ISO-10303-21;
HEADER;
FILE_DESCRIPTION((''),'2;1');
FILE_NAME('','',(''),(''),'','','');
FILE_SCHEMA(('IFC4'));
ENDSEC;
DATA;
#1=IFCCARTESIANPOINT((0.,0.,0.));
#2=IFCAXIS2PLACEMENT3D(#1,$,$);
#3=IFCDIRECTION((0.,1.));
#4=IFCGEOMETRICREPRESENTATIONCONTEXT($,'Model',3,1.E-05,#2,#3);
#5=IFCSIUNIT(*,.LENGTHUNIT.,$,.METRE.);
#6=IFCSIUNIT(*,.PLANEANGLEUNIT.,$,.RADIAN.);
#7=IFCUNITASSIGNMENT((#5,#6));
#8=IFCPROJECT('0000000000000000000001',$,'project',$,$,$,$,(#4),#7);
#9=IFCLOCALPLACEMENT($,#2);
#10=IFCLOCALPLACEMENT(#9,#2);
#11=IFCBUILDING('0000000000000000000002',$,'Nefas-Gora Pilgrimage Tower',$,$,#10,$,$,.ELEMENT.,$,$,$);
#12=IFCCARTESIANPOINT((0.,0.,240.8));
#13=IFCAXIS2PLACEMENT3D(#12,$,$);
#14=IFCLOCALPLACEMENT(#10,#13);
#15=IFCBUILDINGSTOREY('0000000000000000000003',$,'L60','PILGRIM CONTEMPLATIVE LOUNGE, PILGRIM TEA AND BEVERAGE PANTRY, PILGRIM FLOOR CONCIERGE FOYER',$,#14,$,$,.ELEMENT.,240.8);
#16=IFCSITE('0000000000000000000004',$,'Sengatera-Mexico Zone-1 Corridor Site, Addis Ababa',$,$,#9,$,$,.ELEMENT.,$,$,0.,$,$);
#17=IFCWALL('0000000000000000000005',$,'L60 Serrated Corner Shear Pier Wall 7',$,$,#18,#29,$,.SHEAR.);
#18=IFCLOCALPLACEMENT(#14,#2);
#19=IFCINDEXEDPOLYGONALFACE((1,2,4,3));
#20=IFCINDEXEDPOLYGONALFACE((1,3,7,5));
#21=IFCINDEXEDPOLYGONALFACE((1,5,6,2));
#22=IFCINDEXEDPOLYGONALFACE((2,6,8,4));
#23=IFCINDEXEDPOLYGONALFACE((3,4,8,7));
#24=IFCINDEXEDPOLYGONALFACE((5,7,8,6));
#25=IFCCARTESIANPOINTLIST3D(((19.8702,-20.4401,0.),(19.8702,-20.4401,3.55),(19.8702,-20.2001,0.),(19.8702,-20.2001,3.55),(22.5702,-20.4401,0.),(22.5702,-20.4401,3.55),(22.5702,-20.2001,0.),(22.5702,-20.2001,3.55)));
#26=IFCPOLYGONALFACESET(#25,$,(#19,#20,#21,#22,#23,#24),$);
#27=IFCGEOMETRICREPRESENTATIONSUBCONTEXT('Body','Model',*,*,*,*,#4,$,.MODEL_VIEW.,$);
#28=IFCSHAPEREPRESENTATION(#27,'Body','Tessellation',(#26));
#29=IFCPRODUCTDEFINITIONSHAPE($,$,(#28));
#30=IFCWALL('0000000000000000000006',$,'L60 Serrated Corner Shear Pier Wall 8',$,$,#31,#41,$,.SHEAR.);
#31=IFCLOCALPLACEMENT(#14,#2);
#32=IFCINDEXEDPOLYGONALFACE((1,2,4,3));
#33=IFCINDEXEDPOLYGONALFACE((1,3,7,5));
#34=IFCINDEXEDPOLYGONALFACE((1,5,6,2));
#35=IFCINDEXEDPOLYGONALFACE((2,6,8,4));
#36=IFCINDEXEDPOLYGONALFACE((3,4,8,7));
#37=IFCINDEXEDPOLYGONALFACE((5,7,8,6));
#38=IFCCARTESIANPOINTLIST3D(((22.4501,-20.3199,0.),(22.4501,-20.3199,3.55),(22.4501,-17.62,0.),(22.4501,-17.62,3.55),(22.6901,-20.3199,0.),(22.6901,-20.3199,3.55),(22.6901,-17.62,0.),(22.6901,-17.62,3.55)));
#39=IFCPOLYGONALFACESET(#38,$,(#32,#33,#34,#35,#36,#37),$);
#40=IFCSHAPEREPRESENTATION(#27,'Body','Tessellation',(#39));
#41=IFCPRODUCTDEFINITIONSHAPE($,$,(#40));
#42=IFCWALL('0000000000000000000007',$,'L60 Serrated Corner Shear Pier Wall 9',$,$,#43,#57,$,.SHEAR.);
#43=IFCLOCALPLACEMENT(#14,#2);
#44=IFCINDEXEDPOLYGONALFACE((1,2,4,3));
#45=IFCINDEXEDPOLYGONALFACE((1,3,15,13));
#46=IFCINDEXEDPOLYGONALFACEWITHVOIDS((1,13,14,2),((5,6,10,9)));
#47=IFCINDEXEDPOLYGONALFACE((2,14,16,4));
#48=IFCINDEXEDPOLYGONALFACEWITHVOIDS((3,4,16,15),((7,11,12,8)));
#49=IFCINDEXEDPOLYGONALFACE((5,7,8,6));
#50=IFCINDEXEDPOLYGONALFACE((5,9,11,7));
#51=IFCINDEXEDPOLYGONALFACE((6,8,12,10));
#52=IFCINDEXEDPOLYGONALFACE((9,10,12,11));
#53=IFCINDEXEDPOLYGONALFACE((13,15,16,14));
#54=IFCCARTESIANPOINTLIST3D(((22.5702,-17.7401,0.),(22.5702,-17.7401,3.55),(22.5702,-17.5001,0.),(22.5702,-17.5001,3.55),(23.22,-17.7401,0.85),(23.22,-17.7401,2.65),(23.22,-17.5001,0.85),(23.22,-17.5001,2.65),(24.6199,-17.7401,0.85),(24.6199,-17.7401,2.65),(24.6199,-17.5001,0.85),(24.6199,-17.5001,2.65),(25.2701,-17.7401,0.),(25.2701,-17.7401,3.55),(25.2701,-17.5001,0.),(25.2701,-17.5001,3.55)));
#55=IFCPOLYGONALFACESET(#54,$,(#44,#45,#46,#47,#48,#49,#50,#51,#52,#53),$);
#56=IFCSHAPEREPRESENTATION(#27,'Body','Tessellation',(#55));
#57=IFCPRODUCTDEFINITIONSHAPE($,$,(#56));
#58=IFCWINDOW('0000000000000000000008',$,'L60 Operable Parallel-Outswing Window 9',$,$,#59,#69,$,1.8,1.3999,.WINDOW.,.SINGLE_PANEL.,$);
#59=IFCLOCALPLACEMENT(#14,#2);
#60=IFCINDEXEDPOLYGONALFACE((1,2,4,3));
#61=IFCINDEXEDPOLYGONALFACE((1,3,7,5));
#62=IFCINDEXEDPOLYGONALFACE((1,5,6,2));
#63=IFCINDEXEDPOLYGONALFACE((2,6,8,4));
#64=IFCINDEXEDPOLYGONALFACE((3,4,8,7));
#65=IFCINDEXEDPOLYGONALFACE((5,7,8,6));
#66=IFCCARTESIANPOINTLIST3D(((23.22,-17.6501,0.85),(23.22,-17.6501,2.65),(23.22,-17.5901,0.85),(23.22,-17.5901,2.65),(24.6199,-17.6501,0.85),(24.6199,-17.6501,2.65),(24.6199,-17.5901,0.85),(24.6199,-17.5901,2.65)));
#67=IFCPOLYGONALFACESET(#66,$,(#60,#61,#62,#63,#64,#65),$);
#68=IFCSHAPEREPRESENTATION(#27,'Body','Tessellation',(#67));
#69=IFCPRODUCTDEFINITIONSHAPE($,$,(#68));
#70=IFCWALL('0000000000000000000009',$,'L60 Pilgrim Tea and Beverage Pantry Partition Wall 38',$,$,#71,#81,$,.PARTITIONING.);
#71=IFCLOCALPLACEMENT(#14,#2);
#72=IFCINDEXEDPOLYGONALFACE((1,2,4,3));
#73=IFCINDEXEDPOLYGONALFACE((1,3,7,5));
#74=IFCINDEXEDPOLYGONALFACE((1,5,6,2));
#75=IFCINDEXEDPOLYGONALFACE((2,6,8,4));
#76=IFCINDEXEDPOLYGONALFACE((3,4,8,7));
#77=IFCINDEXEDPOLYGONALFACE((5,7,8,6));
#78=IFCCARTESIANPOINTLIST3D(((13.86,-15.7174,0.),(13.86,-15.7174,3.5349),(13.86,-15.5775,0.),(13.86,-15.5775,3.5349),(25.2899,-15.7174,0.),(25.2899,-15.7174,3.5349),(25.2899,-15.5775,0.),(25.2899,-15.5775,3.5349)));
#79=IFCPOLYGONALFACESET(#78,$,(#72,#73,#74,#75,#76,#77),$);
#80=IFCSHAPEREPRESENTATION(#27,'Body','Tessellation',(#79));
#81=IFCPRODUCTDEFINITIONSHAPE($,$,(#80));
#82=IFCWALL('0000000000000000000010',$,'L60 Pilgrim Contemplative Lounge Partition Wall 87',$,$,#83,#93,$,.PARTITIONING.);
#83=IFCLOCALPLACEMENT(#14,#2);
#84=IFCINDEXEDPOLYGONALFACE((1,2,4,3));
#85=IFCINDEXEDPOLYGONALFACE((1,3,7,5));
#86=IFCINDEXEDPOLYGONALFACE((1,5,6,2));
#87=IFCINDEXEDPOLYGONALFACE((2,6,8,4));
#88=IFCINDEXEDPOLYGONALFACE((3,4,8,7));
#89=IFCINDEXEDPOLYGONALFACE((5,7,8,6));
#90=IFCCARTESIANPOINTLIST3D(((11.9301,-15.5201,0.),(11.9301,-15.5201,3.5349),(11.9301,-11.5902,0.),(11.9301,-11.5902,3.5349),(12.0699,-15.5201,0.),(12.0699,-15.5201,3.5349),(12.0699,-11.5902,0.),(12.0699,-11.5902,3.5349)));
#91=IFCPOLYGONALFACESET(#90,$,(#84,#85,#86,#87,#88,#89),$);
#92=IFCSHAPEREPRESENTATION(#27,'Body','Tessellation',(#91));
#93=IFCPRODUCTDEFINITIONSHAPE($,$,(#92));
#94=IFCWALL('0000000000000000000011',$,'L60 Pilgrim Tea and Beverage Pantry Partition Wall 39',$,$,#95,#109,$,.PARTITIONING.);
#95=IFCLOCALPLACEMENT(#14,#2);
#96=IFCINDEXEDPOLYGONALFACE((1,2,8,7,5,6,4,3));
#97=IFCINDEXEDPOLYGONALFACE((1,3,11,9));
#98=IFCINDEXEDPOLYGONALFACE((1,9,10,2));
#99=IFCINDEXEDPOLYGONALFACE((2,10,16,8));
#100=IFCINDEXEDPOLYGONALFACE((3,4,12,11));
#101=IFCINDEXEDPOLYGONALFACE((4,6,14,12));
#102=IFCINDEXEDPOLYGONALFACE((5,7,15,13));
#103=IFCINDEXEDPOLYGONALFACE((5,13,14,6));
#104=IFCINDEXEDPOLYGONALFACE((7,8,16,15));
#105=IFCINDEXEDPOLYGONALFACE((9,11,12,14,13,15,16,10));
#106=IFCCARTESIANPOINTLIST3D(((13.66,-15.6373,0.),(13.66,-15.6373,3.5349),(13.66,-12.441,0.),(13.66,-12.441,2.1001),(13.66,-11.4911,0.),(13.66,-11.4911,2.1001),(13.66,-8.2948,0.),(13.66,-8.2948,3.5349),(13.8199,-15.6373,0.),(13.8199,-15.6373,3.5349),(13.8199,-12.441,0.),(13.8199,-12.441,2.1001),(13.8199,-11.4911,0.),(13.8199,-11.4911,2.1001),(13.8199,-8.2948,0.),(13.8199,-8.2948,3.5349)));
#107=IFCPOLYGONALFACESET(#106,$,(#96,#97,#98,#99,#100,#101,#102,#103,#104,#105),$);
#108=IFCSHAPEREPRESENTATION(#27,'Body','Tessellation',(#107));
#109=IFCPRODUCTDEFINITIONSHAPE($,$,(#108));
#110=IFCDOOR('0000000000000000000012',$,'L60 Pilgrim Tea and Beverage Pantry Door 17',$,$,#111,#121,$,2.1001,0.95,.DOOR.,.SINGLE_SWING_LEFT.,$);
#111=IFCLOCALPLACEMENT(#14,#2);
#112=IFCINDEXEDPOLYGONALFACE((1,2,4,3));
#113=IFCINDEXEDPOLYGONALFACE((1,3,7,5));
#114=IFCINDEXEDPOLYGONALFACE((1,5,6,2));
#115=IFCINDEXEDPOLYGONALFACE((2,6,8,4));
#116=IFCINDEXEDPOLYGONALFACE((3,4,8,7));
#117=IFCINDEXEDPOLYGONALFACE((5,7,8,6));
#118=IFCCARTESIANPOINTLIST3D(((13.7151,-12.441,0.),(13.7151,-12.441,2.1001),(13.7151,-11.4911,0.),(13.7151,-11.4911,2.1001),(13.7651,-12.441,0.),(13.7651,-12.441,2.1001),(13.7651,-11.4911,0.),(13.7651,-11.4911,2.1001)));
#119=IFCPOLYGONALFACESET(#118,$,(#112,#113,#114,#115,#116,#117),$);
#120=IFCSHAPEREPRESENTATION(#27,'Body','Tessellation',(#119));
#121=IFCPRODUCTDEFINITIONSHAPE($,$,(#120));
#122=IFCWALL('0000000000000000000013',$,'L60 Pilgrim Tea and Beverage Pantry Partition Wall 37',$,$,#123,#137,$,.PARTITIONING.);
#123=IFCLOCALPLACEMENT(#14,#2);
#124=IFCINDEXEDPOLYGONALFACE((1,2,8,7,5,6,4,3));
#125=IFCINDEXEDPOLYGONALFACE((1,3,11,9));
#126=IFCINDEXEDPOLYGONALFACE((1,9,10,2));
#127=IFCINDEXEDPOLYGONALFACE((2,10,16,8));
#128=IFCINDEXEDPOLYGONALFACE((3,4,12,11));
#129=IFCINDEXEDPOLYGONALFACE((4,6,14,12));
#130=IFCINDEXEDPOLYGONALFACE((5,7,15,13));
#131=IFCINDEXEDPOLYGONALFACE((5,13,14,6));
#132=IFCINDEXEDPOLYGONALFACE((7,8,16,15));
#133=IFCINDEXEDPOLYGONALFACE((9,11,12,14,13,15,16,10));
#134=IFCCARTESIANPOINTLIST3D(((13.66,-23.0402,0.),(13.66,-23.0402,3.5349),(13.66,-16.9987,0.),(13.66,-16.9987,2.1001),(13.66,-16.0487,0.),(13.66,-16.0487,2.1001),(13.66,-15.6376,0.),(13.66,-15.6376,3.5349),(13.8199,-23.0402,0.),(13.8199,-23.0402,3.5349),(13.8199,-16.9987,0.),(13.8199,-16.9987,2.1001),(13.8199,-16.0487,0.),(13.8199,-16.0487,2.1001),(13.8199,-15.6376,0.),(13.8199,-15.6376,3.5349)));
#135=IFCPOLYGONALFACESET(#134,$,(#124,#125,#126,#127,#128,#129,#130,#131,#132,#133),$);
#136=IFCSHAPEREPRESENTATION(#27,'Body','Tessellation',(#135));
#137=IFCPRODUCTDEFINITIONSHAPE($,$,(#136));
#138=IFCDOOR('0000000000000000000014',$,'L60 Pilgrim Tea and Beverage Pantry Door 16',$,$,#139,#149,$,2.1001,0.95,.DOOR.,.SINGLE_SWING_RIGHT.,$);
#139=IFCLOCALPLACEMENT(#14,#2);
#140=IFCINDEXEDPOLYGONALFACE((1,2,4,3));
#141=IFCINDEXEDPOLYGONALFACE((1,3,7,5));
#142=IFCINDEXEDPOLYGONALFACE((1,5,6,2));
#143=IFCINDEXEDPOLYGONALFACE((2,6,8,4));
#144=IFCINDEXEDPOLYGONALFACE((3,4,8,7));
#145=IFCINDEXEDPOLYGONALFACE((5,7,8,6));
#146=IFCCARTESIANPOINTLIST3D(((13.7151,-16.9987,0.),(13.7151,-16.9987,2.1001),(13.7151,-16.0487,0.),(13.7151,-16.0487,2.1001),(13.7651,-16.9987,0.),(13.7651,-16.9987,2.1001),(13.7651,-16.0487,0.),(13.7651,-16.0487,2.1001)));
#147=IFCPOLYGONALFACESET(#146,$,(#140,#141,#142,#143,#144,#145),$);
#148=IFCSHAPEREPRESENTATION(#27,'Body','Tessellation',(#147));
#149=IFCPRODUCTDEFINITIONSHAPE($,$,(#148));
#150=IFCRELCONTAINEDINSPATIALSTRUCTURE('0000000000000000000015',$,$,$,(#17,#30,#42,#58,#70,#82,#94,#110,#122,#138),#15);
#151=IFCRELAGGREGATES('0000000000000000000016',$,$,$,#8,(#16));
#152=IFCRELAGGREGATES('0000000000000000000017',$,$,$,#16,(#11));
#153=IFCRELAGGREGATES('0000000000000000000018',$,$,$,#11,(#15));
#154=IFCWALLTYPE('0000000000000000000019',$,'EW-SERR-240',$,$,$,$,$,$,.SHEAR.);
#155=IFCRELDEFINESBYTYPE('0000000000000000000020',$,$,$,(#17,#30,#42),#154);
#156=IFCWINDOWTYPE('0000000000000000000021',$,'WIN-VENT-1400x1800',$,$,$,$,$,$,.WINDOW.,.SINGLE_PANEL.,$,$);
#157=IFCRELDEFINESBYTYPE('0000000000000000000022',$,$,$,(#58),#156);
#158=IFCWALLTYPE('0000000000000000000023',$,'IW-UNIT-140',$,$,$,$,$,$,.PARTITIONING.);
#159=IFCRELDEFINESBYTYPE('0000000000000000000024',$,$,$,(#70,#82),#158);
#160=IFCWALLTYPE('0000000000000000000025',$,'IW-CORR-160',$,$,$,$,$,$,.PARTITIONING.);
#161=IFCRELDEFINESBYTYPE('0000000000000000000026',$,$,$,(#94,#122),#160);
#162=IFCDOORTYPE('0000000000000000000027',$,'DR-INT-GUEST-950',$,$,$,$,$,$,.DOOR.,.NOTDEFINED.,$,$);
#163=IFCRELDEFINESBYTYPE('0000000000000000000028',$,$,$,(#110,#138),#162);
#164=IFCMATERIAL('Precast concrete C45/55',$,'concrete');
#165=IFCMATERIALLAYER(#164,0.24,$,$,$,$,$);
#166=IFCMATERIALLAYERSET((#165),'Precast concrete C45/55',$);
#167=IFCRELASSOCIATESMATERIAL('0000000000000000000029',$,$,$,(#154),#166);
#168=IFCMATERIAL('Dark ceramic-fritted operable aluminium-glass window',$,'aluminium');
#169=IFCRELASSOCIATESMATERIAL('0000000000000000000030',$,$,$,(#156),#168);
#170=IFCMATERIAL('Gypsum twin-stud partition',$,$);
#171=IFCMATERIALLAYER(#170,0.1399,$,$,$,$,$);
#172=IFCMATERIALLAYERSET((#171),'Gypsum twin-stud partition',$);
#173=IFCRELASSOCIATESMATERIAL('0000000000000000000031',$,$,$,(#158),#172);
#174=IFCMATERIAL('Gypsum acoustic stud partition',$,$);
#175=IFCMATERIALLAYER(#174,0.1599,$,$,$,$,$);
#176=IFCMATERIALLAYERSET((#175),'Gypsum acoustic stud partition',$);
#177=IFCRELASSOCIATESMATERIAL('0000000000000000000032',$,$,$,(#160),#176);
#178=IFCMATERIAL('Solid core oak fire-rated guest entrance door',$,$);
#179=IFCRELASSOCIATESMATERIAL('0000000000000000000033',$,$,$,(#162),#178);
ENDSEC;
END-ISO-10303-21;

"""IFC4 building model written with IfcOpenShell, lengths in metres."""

from ifc_helpers import new_model, si_unit, direction, frame, frame_2d, origin, place, context, subcontext, project, spatial, rectangle, extrude, source, transform, mapped, material, layer, layer_set, type_object, element, fill, save


model = new_model("IFC4")

# Units and contexts
model_context = context("Model", 3, precision=1e-05, world=origin(), true_north=direction((0.0, 1.0)))
body_context = subcontext(model_context, "Body", "Model", "MODEL_VIEW")
ifc_project = project(units=[si_unit("LENGTHUNIT", "METRE"), si_unit("PLANEANGLEUNIT", "RADIAN")], contexts=[model_context])

# Site, building, storey
site_placement = place(None, origin())
site = spatial("IfcSite", under=ifc_project, at=site_placement, Name="Sengatera-Mexico Zone-1 Corridor Site, Addis Ababa", CompositionType="ELEMENT", RefElevation=0.0)
building_placement = place(site_placement, origin())
building = spatial("IfcBuilding", under=site, at=building_placement, Name="Nefas-Gora Pilgrimage Tower", CompositionType="ELEMENT")
storey_placement = place(building_placement, frame((0.0, 0.0, 240.8)))
storey = spatial("IfcBuildingStorey", under=building, at=storey_placement, Name="L60", Description="PILGRIM CONTEMPLATIVE LOUNGE, PILGRIM TEA AND BEVERAGE PANTRY, PILGRIM FLOOR CONCIERGE FOYER", CompositionType="ELEMENT", Elevation=240.8)

# Walls
ifc_material_1 = material(Name="Precast concrete C45/55", Category="concrete")
ifc_layer_1 = layer(ifc_material_1, 0.24)
ifc_layer_set_1 = layer_set([ifc_layer_1], Name="Precast concrete C45/55")
wall_type_1 = type_object("IfcWallType", Name="EW-SERR-240", PredefinedType="SHEAR", material=ifc_layer_set_1)
shared_shape_1 = source(origin(), body_context, "Body", "SweptSolid", [
    extrude(rectangle(XDim=2.7, YDim=0.24, at=frame_2d((1.3501, 0.0))), origin(), (0.0, 0.0, 1.0), 3.55),
])
for number, where, z_axis, x_axis, name in (
    (1, (19.8701, -20.3201, 0.0), (0.0, 0.0, 1.0), (1.0, 0.0, 0.0), "L60 Serrated Corner Shear Pier Wall 7"),
    (2, (22.5701, -20.3201, 0.0), (0.0, 0.0, 1.0), (0.0, 1.0, 0.0), "L60 Serrated Corner Shear Pier Wall 8"),
):
    element("IfcWall", number, at=place(storey_placement, frame(where, z_axis=z_axis, x_axis=x_axis)), inside=storey, type_object=wall_type_1, Name=name, PredefinedType="SHEAR", context=body_context, shape_type="MappedRepresentation", body=[
        mapped(shared_shape_1, transform((0.0, 0.0, 0.0), x_axis=(1.0, 0.0, 0.0), y_axis=(0.0, 1.0, 0.0), z_axis=(0.0, 0.0, 1.0), scale=1.0)),
    ])

# Wall, opening, window
wall_1_placement = place(storey_placement, frame((22.5701, -17.6201, 0.0), z_axis=(0.0, 0.0, 1.0), x_axis=(1.0, 0.0, 0.0)))
wall_1 = element("IfcWall", 3, at=wall_1_placement, inside=storey, type_object=wall_type_1, Name="L60 Serrated Corner Shear Pier Wall 9", PredefinedType="SHEAR", context=body_context, shape_type="MappedRepresentation", body=[
    mapped(shared_shape_1, transform((0.0, 0.0, 0.0), x_axis=(1.0, 0.0, 0.0), y_axis=(0.0, 1.0, 0.0), z_axis=(0.0, 0.0, 1.0), scale=1.0)),
])
opening_1_placement = place(wall_1_placement, frame((0.6499, 0.0, 0.8501)))
opening_1 = element("IfcOpeningElement", 4, at=opening_1_placement, cuts=wall_1, PredefinedType="OPENING", context=body_context, shape_type="SweptSolid", body=[
    extrude(rectangle(XDim=1.3999, YDim=1.8, at=frame_2d((0.7, 0.8999))), frame((0.0, 0.1299, 0.0), z_axis=(0.0, -1.0, 0.0), x_axis=(1.0, 0.0, 0.0)), (0.0, 0.0, 1.0), 0.26),
])
ifc_material_2 = material(Name="Dark ceramic-fritted operable aluminium-glass window", Category="aluminium")
window_type = type_object("IfcWindowType", Name="WIN-VENT-1400x1800", PartitioningType="SINGLE_PANEL", PredefinedType="WINDOW", material=ifc_material_2)
shared_shape_2 = source(origin(), body_context, "Body", "SweptSolid", [
    extrude(rectangle(XDim=1.3999, YDim=1.8, at=frame_2d((0.7, 0.8999))), frame((0.0, 0.03, 0.0), z_axis=(0.0, -1.0, 0.0), x_axis=(1.0, 0.0, 0.0)), (0.0, 0.0, 1.0), 0.0601),
])
window_placement = place(opening_1_placement, origin())
window = element("IfcWindow", 5, at=window_placement, inside=storey, type_object=window_type, Name="L60 Operable Parallel-Outswing Window 9", OverallHeight=1.8, OverallWidth=1.3999, PartitioningType="SINGLE_PANEL", PredefinedType="WINDOW", context=body_context, shape_type="MappedRepresentation", body=[
    mapped(shared_shape_2, transform((0.0, 0.0, 0.0), x_axis=(1.0, 0.0, 0.0), y_axis=(0.0, 1.0, 0.0), z_axis=(0.0, 0.0, 1.0), scale=1.0)),
])
fill(opening_1, window)

# Walls
ifc_material_3 = material(Name="Gypsum twin-stud partition")
ifc_layer_2 = layer(ifc_material_3, 0.1399)
ifc_layer_set_2 = layer_set([ifc_layer_2], Name="Gypsum twin-stud partition")
wall_type_2 = type_object("IfcWallType", Name="IW-UNIT-140", PredefinedType="PARTITIONING", material=ifc_layer_set_2)
shared_shape_3 = source(origin(), body_context, "Body", "SweptSolid", [
    extrude(rectangle(XDim=11.4299, YDim=0.1399, at=frame_2d((5.7148, 0.0))), origin(), (0.0, 0.0, 1.0), 3.5349),
])
wall_2_placement = place(storey_placement, frame((13.8601, -15.6475, 0.0), z_axis=(0.0, 0.0, 1.0), x_axis=(1.0, 0.0, 0.0)))
element("IfcWall", 6, at=wall_2_placement, inside=storey, type_object=wall_type_2, Name="L60 Pilgrim Tea and Beverage Pantry Partition Wall 38", PredefinedType="PARTITIONING", context=body_context, shape_type="MappedRepresentation", body=[
    mapped(shared_shape_3, transform((0.0, 0.0, 0.0), x_axis=(1.0, 0.0, 0.0), y_axis=(0.0, 1.0, 0.0), z_axis=(0.0, 0.0, 1.0), scale=1.0)),
])
shared_shape_4 = source(origin(), body_context, "Body", "SweptSolid", [
    extrude(rectangle(XDim=3.9299, YDim=0.1399, at=frame_2d((1.9648, 0.0))), origin(), (0.0, 0.0, 1.0), 3.5349),
])
wall_3_placement = place(storey_placement, frame((12.0, -15.52, 0.0), z_axis=(0.0, 0.0, 1.0), x_axis=(0.0, 1.0, 0.0)))
element("IfcWall", 7, at=wall_3_placement, inside=storey, type_object=wall_type_2, Name="L60 Pilgrim Contemplative Lounge Partition Wall 87", PredefinedType="PARTITIONING", context=body_context, shape_type="MappedRepresentation", body=[
    mapped(shared_shape_4, transform((0.0, 0.0, 0.0), x_axis=(1.0, 0.0, 0.0), y_axis=(0.0, 1.0, 0.0), z_axis=(0.0, 0.0, 1.0), scale=1.0)),
])

# Walls, openings, doors
ifc_material_4 = material(Name="Gypsum acoustic stud partition")
ifc_layer_3 = layer(ifc_material_4, 0.1599)
ifc_layer_set_3 = layer_set([ifc_layer_3], Name="Gypsum acoustic stud partition")
wall_type_3 = type_object("IfcWallType", Name="IW-CORR-160", PredefinedType="PARTITIONING", material=ifc_layer_set_3)
shared_shape_5 = source(origin(), body_context, "Body", "SweptSolid", [
    extrude(rectangle(XDim=7.3425, YDim=0.1599, at=frame_2d((3.6714, 0.0))), origin(), (0.0, 0.0, 1.0), 3.5349),
])
wall_4_placement = place(storey_placement, frame((13.74, -15.6375, 0.0), z_axis=(0.0, 0.0, 1.0), x_axis=(0.0, 1.0, 0.0)))
wall_4 = element("IfcWall", 8, at=wall_4_placement, inside=storey, type_object=wall_type_3, Name="L60 Pilgrim Tea and Beverage Pantry Partition Wall 39", PredefinedType="PARTITIONING", context=body_context, shape_type="MappedRepresentation", body=[
    mapped(shared_shape_5, transform((0.0, 0.0, 0.0), x_axis=(1.0, 0.0, 0.0), y_axis=(0.0, 1.0, 0.0), z_axis=(0.0, 0.0, 1.0), scale=1.0)),
])
opening_2_placement = place(wall_4_placement, frame((3.1963, 0.0, 0.0)))
opening_2 = element("IfcOpeningElement", 9, at=opening_2_placement, cuts=wall_4, PredefinedType="OPENING", context=body_context, shape_type="SweptSolid", body=[
    extrude(rectangle(XDim=0.95, YDim=2.1001, at=frame_2d((0.4751, 1.05))), frame((0.0, 0.0898, 0.0), z_axis=(0.0, -1.0, 0.0), x_axis=(1.0, 0.0, 0.0)), (0.0, 0.0, 1.0), 0.1799),
])
ifc_material_5 = material(Name="Solid core oak fire-rated guest entrance door")
door_type = type_object("IfcDoorType", Name="DR-INT-GUEST-950", OperationType="NOTDEFINED", PredefinedType="DOOR", material=ifc_material_5)
shared_shape_6 = source(origin(), body_context, "Body", "SweptSolid", [
    extrude(rectangle(XDim=0.95, YDim=2.1001, at=frame_2d((0.4751, 1.05))), frame((0.0, 0.0249, 0.0), z_axis=(0.0, -1.0, 0.0), x_axis=(1.0, 0.0, 0.0)), (0.0, 0.0, 1.0), 0.05),
])
door_1_placement = place(opening_2_placement, origin())
door_1 = element("IfcDoor", 10, at=door_1_placement, inside=storey, type_object=door_type, Name="L60 Pilgrim Tea and Beverage Pantry Door 17", OperationType="SINGLE_SWING_LEFT", OverallHeight=2.1001, OverallWidth=0.95, PredefinedType="DOOR", context=body_context, shape_type="MappedRepresentation", body=[
    mapped(shared_shape_6, transform((0.0, 0.0, 0.0), x_axis=(1.0, 0.0, 0.0), y_axis=(0.0, 1.0, 0.0), z_axis=(0.0, 0.0, 1.0), scale=1.0)),
])
fill(opening_2, door_1)
shared_shape_7 = source(origin(), body_context, "Body", "SweptSolid", [
    extrude(rectangle(XDim=7.4026, YDim=0.1599, at=frame_2d((3.7012, 0.0))), origin(), (0.0, 0.0, 1.0), 3.5349),
])
wall_5_placement = place(storey_placement, frame((13.74, -23.04, 0.0), z_axis=(0.0, 0.0, 1.0), x_axis=(0.0, 1.0, 0.0)))
wall_5 = element("IfcWall", 11, at=wall_5_placement, inside=storey, type_object=wall_type_3, Name="L60 Pilgrim Tea and Beverage Pantry Partition Wall 37", PredefinedType="PARTITIONING", context=body_context, shape_type="MappedRepresentation", body=[
    mapped(shared_shape_7, transform((0.0, 0.0, 0.0), x_axis=(1.0, 0.0, 0.0), y_axis=(0.0, 1.0, 0.0), z_axis=(0.0, 0.0, 1.0), scale=1.0)),
])
opening_3_placement = place(wall_5_placement, frame((6.0413, 0.0, 0.0)))
opening_3 = element("IfcOpeningElement", 12, at=opening_3_placement, cuts=wall_5, PredefinedType="OPENING", context=body_context, shape_type="SweptSolid", body=[
    extrude(rectangle(XDim=0.95, YDim=2.1001, at=frame_2d((0.4751, 1.05))), frame((0.0, 0.0898, 0.0), z_axis=(0.0, -1.0, 0.0), x_axis=(1.0, 0.0, 0.0)), (0.0, 0.0, 1.0), 0.1799),
])
door_2_placement = place(opening_3_placement, origin())
door_2 = element("IfcDoor", 13, at=door_2_placement, inside=storey, type_object=door_type, Name="L60 Pilgrim Tea and Beverage Pantry Door 16", OperationType="SINGLE_SWING_RIGHT", OverallHeight=2.1001, OverallWidth=0.95, PredefinedType="DOOR", context=body_context, shape_type="MappedRepresentation", body=[
    mapped(shared_shape_6, transform((0.0, 0.0, 0.0), x_axis=(1.0, 0.0, 0.0), y_axis=(0.0, 1.0, 0.0), z_axis=(0.0, 0.0, 1.0), scale=1.0)),
])
fill(opening_3, door_2)

save(model, "model.ifc")
